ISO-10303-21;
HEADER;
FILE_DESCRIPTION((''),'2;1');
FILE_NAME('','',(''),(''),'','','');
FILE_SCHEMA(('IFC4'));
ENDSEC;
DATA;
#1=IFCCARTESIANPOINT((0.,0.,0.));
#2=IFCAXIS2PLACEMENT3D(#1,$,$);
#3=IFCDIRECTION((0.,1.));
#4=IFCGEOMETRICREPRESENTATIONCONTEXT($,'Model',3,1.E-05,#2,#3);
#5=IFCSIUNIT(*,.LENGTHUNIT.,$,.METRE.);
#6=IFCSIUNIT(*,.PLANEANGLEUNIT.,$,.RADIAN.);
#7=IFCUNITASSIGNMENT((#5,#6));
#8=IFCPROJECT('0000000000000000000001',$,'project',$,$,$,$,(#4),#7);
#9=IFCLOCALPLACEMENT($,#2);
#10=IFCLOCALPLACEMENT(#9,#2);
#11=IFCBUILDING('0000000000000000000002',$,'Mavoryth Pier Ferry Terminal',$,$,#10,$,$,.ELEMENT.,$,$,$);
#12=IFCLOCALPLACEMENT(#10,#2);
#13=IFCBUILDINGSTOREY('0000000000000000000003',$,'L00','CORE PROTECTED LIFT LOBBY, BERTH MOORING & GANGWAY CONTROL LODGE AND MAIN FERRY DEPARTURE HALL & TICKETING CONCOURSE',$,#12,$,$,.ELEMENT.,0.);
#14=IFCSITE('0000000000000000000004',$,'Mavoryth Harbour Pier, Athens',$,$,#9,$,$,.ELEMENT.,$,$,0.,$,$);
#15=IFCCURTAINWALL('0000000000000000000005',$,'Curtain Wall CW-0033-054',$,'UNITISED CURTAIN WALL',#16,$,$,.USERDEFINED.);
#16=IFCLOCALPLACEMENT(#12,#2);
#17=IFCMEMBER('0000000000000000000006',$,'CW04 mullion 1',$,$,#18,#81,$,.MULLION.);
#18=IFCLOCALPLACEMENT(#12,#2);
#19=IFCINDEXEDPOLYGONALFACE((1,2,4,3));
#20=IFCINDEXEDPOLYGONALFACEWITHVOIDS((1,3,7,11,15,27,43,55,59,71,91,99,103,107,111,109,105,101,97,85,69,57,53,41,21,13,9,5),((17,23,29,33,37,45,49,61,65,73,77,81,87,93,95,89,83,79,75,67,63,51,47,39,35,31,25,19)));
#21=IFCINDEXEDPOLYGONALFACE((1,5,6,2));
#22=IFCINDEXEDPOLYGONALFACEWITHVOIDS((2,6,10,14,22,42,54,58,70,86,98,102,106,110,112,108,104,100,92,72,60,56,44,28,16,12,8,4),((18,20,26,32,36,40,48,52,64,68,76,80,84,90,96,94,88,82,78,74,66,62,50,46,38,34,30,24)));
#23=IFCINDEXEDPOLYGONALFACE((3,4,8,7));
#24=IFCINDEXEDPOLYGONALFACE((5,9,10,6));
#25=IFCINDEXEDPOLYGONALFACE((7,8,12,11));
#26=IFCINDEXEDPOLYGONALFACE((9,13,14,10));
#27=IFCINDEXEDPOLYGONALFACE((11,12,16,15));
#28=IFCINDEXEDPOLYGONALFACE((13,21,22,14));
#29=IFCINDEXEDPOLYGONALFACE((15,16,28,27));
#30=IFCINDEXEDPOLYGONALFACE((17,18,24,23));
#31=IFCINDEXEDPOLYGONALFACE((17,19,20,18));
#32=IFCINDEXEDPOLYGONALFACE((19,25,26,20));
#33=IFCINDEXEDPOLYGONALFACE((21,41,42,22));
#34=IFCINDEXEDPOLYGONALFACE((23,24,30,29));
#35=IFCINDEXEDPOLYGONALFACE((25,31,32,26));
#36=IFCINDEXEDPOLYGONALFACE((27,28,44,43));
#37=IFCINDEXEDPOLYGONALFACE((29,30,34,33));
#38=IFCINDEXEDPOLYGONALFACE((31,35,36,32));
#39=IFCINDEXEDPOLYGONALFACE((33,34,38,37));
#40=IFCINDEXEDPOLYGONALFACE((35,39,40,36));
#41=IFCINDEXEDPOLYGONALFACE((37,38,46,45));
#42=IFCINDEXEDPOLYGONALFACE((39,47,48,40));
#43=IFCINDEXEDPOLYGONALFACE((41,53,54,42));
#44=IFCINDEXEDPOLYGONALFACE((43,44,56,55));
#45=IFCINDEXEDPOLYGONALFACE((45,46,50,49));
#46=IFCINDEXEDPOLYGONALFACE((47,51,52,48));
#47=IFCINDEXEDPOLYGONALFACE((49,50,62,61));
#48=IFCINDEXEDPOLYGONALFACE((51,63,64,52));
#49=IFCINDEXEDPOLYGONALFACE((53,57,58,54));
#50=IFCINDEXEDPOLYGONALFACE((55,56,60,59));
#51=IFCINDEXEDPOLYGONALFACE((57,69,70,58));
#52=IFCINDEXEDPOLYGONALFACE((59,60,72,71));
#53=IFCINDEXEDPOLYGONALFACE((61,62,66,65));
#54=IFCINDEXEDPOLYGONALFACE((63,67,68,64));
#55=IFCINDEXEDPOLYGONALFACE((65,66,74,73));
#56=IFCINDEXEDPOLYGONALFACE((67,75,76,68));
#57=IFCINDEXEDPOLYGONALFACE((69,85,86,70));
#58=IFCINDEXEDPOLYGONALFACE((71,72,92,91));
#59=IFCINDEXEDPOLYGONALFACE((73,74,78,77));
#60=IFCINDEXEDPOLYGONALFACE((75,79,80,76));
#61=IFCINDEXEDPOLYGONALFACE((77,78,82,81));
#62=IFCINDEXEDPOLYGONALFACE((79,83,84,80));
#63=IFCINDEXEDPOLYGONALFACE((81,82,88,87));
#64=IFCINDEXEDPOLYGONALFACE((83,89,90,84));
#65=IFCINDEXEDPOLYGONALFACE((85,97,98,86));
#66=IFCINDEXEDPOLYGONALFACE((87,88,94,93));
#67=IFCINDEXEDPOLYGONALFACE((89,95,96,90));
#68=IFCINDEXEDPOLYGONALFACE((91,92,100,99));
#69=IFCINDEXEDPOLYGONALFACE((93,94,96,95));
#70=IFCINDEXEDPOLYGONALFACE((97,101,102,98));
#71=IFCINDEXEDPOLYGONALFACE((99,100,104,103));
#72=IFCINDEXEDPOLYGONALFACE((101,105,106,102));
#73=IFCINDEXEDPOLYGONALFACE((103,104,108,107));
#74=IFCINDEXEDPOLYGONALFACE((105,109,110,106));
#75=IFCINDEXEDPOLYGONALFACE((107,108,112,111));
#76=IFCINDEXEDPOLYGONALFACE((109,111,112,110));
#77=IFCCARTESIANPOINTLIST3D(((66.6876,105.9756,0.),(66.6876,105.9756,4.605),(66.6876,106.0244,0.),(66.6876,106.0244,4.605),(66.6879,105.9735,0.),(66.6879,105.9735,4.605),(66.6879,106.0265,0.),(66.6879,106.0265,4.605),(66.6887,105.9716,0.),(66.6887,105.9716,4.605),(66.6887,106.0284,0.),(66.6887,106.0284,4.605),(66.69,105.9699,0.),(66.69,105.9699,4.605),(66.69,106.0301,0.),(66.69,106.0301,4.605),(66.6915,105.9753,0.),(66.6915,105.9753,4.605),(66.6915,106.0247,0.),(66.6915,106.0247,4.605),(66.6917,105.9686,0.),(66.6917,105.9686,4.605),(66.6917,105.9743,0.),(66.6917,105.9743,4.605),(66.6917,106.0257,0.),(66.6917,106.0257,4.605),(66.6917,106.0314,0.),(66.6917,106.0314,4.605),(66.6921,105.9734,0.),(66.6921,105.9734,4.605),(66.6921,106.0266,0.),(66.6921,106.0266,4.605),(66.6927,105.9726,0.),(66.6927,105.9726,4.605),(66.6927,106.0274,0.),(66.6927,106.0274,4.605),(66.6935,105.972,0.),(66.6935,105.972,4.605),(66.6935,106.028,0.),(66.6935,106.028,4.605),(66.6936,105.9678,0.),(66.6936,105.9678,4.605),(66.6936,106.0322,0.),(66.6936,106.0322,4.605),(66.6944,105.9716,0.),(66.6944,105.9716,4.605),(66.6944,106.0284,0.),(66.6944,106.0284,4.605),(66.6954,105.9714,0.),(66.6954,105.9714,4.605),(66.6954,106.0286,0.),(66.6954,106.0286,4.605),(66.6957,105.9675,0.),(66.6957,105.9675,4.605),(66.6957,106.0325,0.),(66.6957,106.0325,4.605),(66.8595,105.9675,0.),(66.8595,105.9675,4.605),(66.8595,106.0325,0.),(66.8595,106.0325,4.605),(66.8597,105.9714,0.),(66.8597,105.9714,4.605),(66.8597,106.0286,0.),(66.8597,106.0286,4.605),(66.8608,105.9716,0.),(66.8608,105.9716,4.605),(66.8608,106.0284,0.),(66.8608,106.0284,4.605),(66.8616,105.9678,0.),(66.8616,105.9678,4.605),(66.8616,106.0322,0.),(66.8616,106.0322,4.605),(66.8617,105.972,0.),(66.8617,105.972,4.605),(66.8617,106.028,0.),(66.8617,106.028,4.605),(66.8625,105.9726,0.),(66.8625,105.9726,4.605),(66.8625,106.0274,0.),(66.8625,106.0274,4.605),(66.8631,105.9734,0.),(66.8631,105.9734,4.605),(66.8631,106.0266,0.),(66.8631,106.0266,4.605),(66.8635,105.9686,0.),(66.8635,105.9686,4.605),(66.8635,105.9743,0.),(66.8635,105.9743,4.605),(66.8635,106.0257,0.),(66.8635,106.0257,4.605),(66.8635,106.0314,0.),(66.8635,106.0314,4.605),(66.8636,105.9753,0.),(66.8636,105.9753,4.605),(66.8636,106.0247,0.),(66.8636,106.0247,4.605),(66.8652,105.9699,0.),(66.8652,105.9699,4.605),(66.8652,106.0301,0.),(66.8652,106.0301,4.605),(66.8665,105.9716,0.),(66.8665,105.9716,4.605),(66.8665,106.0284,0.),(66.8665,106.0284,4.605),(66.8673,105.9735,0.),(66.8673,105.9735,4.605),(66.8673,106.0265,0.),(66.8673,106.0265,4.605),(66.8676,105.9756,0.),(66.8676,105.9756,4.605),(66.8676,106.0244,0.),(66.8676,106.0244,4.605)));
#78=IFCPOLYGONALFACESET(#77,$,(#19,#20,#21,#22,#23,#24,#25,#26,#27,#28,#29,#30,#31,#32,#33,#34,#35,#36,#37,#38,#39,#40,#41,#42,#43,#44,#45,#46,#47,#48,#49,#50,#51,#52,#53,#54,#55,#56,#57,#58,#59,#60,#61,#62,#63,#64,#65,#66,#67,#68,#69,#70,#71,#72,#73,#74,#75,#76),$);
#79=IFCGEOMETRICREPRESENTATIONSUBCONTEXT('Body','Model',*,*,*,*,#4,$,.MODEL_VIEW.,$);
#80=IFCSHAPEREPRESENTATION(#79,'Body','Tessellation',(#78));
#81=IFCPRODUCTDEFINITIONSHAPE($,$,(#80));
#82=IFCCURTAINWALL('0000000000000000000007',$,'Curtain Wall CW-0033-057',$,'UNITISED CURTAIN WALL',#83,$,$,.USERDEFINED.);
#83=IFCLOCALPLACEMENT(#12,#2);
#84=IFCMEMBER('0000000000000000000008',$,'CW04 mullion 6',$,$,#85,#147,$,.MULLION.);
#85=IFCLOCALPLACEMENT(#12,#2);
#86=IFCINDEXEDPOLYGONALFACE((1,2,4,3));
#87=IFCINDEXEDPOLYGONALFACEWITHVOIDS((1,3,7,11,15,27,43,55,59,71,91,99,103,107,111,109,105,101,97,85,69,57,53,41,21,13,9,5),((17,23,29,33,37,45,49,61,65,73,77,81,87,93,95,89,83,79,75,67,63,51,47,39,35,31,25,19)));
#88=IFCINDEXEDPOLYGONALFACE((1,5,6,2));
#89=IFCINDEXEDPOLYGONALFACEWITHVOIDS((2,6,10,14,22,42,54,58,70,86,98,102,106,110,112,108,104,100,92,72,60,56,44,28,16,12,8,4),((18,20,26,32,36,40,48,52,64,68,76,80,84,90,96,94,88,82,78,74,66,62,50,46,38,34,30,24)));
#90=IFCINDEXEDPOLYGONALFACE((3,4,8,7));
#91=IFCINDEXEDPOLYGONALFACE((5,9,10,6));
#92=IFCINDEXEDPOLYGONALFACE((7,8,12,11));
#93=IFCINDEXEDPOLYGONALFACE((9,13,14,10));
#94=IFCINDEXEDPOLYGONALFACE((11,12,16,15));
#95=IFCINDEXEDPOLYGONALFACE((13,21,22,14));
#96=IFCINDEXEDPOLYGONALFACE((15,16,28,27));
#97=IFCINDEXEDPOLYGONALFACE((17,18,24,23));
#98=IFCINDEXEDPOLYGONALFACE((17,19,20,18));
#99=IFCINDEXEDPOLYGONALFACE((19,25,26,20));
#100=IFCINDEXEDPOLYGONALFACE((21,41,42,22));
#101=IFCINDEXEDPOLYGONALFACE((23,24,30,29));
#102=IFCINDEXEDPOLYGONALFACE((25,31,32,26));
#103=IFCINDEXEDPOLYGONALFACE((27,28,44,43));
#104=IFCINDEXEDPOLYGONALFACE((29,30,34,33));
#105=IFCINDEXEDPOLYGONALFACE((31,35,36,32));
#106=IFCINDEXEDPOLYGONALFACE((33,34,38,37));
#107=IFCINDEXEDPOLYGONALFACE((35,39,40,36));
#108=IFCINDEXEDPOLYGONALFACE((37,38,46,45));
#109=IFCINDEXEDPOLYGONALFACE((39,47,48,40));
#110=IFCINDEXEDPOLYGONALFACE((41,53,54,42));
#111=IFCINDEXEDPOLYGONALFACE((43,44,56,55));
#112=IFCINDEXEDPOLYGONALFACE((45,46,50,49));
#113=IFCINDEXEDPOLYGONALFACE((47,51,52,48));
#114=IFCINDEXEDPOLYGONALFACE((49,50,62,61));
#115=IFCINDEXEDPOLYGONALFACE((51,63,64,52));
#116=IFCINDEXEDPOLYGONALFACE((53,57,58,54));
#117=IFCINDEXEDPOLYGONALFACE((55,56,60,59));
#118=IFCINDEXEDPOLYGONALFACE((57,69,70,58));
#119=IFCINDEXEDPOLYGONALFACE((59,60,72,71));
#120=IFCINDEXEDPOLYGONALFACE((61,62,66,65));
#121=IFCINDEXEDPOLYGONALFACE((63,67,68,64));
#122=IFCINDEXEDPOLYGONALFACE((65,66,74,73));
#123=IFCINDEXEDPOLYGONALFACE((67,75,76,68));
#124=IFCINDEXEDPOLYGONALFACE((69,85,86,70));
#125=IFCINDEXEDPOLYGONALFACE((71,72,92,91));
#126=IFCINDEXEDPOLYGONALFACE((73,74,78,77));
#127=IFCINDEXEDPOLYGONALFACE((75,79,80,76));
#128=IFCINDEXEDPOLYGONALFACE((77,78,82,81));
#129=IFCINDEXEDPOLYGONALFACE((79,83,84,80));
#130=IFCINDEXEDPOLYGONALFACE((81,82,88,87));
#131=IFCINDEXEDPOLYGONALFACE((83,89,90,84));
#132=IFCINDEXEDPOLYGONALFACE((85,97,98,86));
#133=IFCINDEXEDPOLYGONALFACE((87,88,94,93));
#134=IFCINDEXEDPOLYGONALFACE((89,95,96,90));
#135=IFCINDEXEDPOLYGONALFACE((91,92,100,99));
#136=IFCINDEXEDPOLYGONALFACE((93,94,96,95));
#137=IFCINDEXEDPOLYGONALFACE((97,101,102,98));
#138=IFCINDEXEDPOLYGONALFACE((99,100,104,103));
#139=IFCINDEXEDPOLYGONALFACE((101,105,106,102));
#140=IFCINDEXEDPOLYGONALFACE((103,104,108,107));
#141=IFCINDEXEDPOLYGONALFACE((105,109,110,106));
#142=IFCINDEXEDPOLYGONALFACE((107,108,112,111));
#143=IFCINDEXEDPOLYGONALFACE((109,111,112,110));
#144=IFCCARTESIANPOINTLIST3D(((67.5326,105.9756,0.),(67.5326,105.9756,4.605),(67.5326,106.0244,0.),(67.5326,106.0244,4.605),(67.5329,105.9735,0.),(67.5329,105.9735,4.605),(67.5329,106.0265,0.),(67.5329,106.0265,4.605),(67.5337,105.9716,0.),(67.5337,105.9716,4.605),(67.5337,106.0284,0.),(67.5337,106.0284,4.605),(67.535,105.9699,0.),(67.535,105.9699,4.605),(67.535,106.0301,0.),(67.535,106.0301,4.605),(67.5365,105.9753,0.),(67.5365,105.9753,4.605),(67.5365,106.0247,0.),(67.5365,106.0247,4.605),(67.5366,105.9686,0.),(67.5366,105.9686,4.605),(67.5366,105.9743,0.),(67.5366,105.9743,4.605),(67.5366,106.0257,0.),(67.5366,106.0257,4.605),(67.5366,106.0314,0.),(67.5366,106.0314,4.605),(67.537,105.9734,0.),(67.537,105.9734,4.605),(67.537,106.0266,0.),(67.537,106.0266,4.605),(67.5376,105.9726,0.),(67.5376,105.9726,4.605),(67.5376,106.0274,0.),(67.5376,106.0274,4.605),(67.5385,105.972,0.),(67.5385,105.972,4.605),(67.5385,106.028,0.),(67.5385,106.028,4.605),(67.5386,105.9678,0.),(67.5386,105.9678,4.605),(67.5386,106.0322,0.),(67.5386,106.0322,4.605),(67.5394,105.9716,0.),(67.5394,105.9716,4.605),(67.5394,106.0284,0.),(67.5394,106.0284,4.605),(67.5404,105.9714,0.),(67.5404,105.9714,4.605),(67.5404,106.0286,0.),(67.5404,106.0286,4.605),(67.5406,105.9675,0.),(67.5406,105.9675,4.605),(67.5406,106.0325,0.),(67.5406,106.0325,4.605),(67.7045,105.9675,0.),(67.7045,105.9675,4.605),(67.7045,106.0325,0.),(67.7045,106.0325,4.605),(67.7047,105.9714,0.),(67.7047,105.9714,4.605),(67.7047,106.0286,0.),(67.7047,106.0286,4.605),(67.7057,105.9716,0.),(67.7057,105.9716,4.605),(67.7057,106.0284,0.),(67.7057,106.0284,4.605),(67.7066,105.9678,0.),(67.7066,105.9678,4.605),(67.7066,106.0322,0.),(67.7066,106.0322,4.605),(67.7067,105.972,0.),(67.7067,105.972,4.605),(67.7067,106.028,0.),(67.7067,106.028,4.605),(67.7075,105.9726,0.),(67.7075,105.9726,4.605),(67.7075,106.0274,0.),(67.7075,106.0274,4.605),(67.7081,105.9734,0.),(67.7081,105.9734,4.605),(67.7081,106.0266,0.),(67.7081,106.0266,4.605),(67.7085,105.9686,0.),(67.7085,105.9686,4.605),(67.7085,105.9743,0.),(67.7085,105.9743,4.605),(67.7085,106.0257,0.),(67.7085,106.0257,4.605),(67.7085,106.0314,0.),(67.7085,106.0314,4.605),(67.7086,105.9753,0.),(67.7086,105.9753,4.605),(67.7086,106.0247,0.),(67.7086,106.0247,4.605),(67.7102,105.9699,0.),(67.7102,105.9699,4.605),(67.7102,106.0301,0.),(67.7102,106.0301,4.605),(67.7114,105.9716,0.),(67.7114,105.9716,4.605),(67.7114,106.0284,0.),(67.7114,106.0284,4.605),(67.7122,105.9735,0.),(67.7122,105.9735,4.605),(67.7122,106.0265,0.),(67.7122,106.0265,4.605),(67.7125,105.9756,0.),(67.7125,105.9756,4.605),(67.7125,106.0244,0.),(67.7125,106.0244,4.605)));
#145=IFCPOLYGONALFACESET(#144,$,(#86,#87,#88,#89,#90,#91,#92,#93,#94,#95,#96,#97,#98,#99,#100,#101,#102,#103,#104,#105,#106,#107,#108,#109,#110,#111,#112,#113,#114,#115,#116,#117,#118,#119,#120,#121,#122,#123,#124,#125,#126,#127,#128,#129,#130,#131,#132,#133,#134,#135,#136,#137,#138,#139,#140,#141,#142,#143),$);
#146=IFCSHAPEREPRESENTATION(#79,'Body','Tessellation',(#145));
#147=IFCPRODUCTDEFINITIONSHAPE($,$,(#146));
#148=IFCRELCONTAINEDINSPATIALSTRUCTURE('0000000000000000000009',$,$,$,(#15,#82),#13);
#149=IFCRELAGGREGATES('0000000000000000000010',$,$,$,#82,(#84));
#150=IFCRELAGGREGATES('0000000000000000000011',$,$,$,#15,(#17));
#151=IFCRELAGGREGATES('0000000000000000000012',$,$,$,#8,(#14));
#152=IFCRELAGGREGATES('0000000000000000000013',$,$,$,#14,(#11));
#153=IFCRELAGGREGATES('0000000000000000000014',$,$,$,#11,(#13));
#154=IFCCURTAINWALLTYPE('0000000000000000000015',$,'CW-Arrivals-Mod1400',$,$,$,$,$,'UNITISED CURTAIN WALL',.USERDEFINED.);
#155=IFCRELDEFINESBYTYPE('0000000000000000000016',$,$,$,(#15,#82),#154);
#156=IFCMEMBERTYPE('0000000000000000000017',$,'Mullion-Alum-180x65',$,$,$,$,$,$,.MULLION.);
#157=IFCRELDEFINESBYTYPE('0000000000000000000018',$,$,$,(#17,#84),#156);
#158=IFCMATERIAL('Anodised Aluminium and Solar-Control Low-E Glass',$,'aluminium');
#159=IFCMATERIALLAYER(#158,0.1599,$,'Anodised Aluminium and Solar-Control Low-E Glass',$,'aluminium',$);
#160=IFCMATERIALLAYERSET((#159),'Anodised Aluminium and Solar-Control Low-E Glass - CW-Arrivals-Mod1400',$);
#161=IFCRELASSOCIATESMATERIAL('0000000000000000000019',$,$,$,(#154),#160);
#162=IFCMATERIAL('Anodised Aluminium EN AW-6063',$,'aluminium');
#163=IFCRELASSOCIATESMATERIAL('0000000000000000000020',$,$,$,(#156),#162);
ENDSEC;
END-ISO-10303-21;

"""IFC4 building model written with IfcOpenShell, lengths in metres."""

from ifc_helpers import new_model, si_unit, direction, frame, origin, origin_2d, place, context, subcontext, project, spatial, hollow_rectangle, extrude, material, layer, layer_set, material_profile, profile_set, type_object, element, aggregate, save


model = new_model("IFC4")

# Units and contexts
model_context = context("Model", 3, precision=1e-05, world=origin(), true_north=direction((0.0, 1.0)))
body_context = subcontext(model_context, "Body", "Model", "MODEL_VIEW")
ifc_project = project(units=[si_unit("LENGTHUNIT", "METRE"), si_unit("PLANEANGLEUNIT", "RADIAN")], contexts=[model_context])

# Site, building, storey
site_placement = place(None, origin())
site = spatial("IfcSite", under=ifc_project, at=site_placement, Name="Mavoryth Harbour Pier, Athens", CompositionType="ELEMENT", RefElevation=0.0)
building_placement = place(site_placement, origin())
building = spatial("IfcBuilding", under=site, at=building_placement, Name="Mavoryth Pier Ferry Terminal", CompositionType="ELEMENT")
storey_placement = place(building_placement, origin())
storey = spatial("IfcBuildingStorey", under=building, at=storey_placement, Name="L00", Description="CORE PROTECTED LIFT LOBBY, BERTH MOORING & GANGWAY CONTROL LODGE AND MAIN FERRY DEPARTURE HALL & TICKETING CONCOURSE", CompositionType="ELEMENT", Elevation=0.0)

# Curtain walls, members
ifc_material_1 = material(Name="Anodised Aluminium and Solar-Control Low-E Glass", Category="aluminium")
ifc_layer_1 = layer(ifc_material_1, 0.1599, Name="Anodised Aluminium and Solar-Control Low-E Glass", Category="aluminium")
ifc_layer_set_1 = layer_set([ifc_layer_1], Name="Anodised Aluminium and Solar-Control Low-E Glass - CW-Arrivals-Mod1400")
curtain_wall_type = type_object("IfcCurtainWallType", Name="CW-Arrivals-Mod1400", ElementType="UNITISED CURTAIN WALL", PredefinedType="USERDEFINED", material=ifc_layer_set_1)
curtain_wall_1_placement = place(storey_placement, origin())
curtain_wall_1 = element("IfcCurtainWall", 1, at=curtain_wall_1_placement, inside=storey, type_object=curtain_wall_type, Name="Curtain Wall CW-0033-054", ObjectType="UNITISED CURTAIN WALL", PredefinedType="USERDEFINED")
ifc_material_2 = material(Name="Anodised Aluminium EN AW-6063", Category="aluminium")
ifc_material_profile_1 = material_profile(ifc_material_2, hollow_rectangle(XDim=0.0649, YDim=0.1799, WallThickness=0.0039, InnerFilletRadius=0.0039, OuterFilletRadius=0.0081, at=origin_2d()), Name="AL-MULL 180x65x4", Category="aluminium")
ifc_profile_set_1 = profile_set([ifc_material_profile_1], Name="Anodised Aluminium EN AW-6063 - AL-MULL 180x65x4")
member_type_1 = type_object("IfcMemberType", Name="Mullion-Alum-180x65", PredefinedType="MULLION", material=ifc_profile_set_1)
member_1_placement = place(storey_placement, frame((66.7776, 106.0, 0.0), z_axis=(0.0, 0.0, 1.0), x_axis=(0.0, -1.0, 0.0)))
member_1 = element("IfcMember", 2, at=member_1_placement, type_object=member_type_1, Name="CW04 mullion 1", PredefinedType="MULLION", context=body_context, shape_type="SweptSolid", body=[
    extrude(hollow_rectangle(XDim=0.0649, YDim=0.1799, WallThickness=0.0039, InnerFilletRadius=0.0039, OuterFilletRadius=0.0081, at=origin_2d()), origin(), (0.0, 0.0, 1.0), 4.605),
])
curtain_wall_2_placement = place(storey_placement, origin())
curtain_wall_2 = element("IfcCurtainWall", 3, at=curtain_wall_2_placement, inside=storey, type_object=curtain_wall_type, Name="Curtain Wall CW-0033-057", ObjectType="UNITISED CURTAIN WALL", PredefinedType="USERDEFINED")
member_2_placement = place(storey_placement, frame((67.6226, 106.0, 0.0), z_axis=(0.0, 0.0, 1.0), x_axis=(0.0, -1.0, 0.0)))
member_2 = element("IfcMember", 4, at=member_2_placement, type_object=member_type_1, Name="CW04 mullion 6", PredefinedType="MULLION", context=body_context, shape_type="SweptSolid", body=[
    extrude(hollow_rectangle(XDim=0.0649, YDim=0.1799, WallThickness=0.0039, InnerFilletRadius=0.0039, OuterFilletRadius=0.0081, at=origin_2d()), origin(), (0.0, 0.0, 1.0), 4.605),
])
aggregate(curtain_wall_2, [member_2])

aggregate(curtain_wall_1, [member_1])

save(model, "model.ifc")
